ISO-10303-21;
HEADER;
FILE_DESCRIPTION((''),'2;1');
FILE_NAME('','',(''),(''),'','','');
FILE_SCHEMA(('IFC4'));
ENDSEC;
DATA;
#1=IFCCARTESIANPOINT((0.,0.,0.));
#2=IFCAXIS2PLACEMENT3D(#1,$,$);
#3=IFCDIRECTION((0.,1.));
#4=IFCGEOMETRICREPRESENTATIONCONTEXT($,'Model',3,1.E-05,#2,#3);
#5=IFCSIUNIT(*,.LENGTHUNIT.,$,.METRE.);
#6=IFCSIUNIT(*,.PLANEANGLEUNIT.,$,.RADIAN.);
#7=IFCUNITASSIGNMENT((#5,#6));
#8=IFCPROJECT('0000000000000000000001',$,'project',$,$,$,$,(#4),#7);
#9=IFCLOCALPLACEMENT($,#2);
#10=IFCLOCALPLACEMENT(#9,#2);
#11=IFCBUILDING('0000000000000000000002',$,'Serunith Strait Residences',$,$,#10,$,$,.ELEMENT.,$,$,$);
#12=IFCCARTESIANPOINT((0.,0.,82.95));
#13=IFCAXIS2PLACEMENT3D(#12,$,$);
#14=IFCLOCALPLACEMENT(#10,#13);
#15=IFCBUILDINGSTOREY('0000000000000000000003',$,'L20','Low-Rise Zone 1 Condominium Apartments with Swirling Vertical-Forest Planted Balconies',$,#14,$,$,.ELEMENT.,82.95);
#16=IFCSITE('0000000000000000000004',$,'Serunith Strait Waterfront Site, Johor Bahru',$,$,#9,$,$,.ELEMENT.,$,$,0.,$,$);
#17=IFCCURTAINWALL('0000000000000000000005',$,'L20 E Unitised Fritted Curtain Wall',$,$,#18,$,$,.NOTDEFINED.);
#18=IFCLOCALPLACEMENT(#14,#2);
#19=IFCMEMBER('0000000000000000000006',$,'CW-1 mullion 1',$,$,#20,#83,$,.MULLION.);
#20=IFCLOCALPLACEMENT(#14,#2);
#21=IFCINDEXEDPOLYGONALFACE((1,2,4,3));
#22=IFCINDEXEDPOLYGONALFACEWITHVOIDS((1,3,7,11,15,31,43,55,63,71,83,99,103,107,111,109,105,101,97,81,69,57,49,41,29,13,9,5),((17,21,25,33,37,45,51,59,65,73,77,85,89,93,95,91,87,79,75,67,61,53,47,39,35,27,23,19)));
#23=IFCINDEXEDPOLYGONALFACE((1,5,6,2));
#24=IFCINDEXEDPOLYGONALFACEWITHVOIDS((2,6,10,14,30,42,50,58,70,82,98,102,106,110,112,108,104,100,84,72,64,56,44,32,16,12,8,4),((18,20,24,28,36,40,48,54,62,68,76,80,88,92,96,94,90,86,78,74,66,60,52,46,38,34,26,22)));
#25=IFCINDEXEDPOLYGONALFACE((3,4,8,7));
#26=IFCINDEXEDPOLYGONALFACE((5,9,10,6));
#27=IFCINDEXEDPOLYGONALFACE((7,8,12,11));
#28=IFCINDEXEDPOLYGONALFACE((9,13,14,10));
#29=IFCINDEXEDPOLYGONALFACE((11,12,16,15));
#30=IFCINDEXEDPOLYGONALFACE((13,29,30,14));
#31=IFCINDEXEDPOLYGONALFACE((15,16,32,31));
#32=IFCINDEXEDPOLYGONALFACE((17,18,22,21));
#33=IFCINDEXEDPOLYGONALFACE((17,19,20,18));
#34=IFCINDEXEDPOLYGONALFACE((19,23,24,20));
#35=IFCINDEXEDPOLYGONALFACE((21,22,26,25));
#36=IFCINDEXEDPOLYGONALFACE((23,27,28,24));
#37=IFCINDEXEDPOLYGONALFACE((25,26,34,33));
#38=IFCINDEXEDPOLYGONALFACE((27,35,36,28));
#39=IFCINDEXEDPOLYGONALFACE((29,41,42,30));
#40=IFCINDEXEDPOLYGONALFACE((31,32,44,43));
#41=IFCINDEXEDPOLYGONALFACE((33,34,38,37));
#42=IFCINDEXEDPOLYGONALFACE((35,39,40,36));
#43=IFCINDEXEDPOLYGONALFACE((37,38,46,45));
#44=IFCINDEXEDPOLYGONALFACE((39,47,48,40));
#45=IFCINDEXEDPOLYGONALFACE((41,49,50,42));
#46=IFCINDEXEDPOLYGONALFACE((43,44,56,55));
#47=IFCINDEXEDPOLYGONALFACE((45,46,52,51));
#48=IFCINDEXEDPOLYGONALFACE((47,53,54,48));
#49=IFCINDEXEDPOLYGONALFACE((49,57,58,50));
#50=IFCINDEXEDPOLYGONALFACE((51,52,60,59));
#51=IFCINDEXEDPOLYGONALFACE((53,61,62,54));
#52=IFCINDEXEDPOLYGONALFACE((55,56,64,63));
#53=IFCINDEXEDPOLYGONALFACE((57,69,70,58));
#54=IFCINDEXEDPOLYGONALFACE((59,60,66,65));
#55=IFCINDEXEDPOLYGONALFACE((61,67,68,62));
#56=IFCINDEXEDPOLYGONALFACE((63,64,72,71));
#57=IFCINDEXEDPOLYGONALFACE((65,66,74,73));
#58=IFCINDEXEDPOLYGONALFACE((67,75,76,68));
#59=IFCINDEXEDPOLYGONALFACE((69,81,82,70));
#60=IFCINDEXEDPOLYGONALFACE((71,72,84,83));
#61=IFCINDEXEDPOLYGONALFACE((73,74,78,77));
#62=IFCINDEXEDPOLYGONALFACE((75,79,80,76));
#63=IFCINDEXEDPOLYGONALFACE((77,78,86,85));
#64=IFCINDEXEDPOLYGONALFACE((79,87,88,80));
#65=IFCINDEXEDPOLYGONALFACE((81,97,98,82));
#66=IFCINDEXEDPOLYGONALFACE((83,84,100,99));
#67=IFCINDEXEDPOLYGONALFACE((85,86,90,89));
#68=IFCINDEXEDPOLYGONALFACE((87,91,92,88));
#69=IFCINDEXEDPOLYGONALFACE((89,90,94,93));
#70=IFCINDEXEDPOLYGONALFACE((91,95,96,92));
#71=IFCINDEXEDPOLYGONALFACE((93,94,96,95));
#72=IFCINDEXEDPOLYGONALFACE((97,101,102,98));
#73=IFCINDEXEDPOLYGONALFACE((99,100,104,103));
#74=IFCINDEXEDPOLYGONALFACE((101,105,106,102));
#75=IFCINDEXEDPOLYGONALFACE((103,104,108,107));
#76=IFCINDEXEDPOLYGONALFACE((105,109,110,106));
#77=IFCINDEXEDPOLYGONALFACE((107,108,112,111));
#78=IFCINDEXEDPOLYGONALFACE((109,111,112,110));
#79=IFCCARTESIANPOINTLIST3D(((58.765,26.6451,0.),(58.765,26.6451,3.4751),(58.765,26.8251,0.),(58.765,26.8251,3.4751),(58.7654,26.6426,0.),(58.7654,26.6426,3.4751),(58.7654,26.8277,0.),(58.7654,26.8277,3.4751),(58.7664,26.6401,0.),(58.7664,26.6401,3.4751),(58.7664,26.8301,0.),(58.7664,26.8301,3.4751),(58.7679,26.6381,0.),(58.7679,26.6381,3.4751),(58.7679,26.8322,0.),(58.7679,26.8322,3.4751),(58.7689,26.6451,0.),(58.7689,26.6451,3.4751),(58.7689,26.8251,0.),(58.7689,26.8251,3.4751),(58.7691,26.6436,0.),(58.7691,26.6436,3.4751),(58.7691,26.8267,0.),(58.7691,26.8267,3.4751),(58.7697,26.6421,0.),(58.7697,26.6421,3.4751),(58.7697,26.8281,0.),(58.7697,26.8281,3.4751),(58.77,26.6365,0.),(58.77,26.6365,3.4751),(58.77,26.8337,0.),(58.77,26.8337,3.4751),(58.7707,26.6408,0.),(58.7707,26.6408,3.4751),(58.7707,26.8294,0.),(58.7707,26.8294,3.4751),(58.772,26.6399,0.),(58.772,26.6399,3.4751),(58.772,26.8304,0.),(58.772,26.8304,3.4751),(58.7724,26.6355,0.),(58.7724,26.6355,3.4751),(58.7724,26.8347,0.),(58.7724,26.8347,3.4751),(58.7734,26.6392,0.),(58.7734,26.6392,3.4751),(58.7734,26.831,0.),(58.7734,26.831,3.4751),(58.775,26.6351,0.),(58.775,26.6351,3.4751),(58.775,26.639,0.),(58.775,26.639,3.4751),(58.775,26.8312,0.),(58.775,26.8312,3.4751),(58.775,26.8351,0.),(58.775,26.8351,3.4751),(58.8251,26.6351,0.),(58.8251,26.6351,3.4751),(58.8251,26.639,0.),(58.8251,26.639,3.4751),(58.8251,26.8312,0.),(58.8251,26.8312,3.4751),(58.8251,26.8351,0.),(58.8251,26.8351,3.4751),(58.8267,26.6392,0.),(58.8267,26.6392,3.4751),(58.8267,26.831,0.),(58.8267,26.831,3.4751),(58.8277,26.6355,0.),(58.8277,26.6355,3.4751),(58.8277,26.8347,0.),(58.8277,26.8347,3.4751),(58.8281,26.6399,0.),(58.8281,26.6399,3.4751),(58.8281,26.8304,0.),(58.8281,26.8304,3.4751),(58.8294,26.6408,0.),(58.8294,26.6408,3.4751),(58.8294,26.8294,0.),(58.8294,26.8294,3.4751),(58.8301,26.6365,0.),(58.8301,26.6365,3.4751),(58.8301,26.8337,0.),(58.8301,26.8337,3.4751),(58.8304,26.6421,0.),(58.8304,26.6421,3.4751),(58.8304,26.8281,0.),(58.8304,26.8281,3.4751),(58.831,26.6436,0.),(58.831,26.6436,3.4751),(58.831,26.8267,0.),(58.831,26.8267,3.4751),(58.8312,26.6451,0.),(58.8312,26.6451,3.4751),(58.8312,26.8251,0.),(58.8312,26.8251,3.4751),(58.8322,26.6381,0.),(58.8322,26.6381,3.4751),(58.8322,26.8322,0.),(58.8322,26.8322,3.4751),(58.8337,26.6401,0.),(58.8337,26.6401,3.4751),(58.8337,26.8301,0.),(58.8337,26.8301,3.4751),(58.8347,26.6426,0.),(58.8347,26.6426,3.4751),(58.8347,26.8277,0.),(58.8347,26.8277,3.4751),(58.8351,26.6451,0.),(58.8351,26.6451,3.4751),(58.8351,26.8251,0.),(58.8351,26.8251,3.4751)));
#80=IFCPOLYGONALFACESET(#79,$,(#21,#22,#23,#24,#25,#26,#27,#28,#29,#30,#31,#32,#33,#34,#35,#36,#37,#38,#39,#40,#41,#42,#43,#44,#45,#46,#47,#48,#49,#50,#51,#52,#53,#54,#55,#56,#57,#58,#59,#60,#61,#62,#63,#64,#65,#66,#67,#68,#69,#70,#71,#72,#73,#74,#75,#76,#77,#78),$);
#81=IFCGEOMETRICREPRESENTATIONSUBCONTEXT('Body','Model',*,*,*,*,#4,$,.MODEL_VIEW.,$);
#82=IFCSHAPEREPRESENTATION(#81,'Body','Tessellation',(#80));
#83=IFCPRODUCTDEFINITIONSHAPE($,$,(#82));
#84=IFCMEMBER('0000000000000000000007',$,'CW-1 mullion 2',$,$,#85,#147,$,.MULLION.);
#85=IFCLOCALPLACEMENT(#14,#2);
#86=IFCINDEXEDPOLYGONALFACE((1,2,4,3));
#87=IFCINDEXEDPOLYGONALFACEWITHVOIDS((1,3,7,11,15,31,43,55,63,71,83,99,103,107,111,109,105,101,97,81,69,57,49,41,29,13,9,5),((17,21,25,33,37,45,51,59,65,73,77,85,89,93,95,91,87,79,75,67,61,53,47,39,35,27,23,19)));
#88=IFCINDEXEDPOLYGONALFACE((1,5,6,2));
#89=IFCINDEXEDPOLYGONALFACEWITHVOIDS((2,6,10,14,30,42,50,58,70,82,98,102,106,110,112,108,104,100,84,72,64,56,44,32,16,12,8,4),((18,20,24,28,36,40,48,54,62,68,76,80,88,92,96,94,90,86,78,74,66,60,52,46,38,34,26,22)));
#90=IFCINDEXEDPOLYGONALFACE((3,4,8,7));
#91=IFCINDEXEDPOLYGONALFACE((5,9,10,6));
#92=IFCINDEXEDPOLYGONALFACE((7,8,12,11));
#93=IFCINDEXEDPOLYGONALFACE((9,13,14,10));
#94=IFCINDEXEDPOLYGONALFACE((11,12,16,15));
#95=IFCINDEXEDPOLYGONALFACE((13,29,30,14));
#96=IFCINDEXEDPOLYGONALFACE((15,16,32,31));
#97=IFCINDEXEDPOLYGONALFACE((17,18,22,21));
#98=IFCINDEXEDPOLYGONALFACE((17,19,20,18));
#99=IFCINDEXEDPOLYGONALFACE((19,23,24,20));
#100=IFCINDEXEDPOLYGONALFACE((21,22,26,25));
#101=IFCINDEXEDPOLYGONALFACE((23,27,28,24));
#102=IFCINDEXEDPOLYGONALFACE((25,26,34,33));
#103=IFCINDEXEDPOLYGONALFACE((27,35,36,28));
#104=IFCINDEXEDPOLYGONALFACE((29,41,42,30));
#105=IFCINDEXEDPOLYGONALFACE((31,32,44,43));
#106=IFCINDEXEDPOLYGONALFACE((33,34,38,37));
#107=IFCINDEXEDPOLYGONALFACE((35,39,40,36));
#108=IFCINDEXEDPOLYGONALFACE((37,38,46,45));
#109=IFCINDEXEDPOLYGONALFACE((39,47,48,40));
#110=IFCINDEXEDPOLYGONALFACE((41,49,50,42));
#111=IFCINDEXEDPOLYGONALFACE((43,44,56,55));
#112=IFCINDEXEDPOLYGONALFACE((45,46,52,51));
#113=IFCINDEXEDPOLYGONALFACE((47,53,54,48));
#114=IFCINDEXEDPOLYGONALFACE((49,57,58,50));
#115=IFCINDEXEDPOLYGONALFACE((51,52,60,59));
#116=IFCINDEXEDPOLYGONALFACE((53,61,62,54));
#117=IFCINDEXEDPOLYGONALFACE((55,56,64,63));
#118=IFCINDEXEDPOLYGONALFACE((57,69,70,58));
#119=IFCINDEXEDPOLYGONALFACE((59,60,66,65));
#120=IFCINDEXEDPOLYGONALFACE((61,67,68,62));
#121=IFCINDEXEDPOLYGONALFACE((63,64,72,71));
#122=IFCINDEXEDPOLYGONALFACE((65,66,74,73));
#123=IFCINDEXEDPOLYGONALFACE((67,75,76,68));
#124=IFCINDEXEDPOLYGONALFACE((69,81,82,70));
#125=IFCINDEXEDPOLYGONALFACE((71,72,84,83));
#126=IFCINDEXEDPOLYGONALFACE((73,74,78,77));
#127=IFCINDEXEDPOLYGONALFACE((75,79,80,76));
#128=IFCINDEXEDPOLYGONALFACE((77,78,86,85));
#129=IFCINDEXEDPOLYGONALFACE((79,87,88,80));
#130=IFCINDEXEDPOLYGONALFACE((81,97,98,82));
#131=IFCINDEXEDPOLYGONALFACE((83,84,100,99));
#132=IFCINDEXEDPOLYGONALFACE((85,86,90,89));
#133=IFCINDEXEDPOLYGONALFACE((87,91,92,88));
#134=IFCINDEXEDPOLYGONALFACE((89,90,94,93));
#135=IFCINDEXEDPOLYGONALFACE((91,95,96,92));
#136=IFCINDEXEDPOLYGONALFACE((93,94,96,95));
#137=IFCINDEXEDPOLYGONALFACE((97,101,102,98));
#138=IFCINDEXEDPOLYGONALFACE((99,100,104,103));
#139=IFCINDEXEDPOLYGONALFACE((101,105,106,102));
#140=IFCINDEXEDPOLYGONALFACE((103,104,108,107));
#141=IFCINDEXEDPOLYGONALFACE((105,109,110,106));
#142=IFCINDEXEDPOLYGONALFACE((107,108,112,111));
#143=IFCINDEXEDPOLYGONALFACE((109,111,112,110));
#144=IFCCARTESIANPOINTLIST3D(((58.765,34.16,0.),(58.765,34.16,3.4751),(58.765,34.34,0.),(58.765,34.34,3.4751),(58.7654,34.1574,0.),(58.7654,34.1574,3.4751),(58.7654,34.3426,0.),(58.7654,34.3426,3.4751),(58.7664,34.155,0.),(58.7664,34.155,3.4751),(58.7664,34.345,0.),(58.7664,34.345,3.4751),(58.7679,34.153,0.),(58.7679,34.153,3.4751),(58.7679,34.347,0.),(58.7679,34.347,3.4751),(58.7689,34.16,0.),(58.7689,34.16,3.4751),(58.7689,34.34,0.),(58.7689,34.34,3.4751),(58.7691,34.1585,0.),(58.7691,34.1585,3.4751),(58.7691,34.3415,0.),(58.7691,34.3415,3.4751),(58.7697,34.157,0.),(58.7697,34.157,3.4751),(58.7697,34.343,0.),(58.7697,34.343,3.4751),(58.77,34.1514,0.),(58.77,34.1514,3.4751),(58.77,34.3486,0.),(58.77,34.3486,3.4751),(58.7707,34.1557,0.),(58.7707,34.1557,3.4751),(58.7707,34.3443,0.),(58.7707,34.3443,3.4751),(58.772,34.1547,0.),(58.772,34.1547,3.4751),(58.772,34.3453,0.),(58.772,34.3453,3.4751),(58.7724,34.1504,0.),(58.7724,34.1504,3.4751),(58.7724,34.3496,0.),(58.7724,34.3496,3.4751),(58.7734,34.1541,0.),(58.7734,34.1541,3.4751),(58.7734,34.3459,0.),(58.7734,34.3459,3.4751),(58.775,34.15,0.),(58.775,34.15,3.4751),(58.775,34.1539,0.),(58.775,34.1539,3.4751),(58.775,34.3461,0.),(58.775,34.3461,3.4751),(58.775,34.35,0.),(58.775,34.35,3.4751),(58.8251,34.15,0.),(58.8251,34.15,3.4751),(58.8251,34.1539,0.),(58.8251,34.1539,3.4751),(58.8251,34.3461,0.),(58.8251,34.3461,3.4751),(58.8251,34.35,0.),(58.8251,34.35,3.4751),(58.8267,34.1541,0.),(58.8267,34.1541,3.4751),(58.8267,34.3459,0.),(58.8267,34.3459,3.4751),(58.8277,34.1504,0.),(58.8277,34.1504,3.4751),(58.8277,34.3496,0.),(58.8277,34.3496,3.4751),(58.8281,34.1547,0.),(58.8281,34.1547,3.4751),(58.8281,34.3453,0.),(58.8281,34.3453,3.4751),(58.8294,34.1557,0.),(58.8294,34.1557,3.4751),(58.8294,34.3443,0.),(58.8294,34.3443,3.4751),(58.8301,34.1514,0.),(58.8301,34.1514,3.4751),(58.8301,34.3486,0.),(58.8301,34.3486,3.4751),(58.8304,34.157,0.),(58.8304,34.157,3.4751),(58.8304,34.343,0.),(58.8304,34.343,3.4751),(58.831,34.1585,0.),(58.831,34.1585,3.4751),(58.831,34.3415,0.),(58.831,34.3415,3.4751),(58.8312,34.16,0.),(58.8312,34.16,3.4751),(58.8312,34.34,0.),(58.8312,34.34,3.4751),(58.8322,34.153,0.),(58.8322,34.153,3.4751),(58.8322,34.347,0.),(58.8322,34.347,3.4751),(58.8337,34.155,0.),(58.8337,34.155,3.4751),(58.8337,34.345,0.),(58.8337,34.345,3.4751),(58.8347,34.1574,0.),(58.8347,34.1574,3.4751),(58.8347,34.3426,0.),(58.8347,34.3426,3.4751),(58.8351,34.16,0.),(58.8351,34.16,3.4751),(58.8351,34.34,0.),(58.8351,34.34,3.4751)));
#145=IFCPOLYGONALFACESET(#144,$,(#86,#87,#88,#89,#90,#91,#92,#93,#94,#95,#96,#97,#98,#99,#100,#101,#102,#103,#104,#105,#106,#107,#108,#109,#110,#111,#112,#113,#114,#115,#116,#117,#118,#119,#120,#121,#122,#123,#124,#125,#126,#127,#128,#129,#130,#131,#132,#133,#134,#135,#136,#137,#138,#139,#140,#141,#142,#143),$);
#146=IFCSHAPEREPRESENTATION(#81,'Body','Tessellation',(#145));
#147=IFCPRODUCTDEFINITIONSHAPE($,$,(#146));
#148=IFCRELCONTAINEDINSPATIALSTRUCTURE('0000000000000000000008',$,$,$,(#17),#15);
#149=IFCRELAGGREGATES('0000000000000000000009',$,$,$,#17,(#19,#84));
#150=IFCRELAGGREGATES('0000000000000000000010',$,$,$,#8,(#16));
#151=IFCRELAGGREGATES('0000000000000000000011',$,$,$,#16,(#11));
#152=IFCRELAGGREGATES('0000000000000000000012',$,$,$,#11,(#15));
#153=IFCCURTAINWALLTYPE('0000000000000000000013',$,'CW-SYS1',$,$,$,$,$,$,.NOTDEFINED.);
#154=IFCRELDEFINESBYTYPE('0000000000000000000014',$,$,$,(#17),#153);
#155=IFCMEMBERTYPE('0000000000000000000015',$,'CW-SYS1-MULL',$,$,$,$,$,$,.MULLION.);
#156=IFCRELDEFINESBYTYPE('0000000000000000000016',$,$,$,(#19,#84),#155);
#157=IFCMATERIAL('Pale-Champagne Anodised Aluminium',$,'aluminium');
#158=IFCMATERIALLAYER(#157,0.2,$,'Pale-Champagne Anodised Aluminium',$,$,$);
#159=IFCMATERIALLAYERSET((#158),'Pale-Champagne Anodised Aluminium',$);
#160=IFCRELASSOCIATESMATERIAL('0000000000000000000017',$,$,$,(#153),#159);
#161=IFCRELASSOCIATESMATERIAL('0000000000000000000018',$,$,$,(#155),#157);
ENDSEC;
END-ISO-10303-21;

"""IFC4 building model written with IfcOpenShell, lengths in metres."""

from ifc_helpers import new_model, si_unit, direction, frame, origin, origin_2d, place, context, subcontext, project, spatial, hollow_rectangle, extrude, source, transform, mapped, material, layer, layer_set, material_profile, profile_set, type_object, element, aggregate, save


model = new_model("IFC4")

# Units and contexts
model_context = context("Model", 3, precision=1e-05, world=origin(), true_north=direction((0.0, 1.0)))
body_context = subcontext(model_context, "Body", "Model", "MODEL_VIEW")
ifc_project = project(units=[si_unit("LENGTHUNIT", "METRE"), si_unit("PLANEANGLEUNIT", "RADIAN")], contexts=[model_context])

# Site, building, storey
site_placement = place(None, origin())
site = spatial("IfcSite", under=ifc_project, at=site_placement, Name="Serunith Strait Waterfront Site, Johor Bahru", CompositionType="ELEMENT", RefElevation=0.0)
building_placement = place(site_placement, origin())
building = spatial("IfcBuilding", under=site, at=building_placement, Name="Serunith Strait Residences", CompositionType="ELEMENT")
storey_placement = place(building_placement, frame((0.0, 0.0, 82.95)))
storey = spatial("IfcBuildingStorey", under=building, at=storey_placement, Name="L20", Description="Low-Rise Zone 1 Condominium Apartments with Swirling Vertical-Forest Planted Balconies", CompositionType="ELEMENT", Elevation=82.95)

# Curtain wall, members
ifc_material_1 = material(Name="Pale-Champagne Anodised Aluminium", Category="aluminium")
ifc_layer_1 = layer(ifc_material_1, 0.2, Name="Pale-Champagne Anodised Aluminium")
ifc_layer_set_1 = layer_set([ifc_layer_1], Name="Pale-Champagne Anodised Aluminium")
curtain_wall_type = type_object("IfcCurtainWallType", Name="CW-SYS1", PredefinedType="NOTDEFINED", material=ifc_layer_set_1)
curtain_wall_placement = place(storey_placement, origin())
curtain_wall = element("IfcCurtainWall", 1, at=curtain_wall_placement, inside=storey, type_object=curtain_wall_type, Name="L20 E Unitised Fritted Curtain Wall", PredefinedType="NOTDEFINED")
ifc_material_profile_1 = material_profile(ifc_material_1, hollow_rectangle(XDim=0.0701, YDim=0.2, WallThickness=0.0039, InnerFilletRadius=0.0061, OuterFilletRadius=0.01, at=origin_2d()), Name="ALU 200x70x4")
ifc_profile_set_1 = profile_set([ifc_material_profile_1], Name="Pale-Champagne Anodised Aluminium")
member_type_1 = type_object("IfcMemberType", Name="CW-SYS1-MULL", PredefinedType="MULLION", material=ifc_profile_set_1)
shared_shape_1 = source(origin(), body_context, "Body", "SweptSolid", [
    extrude(hollow_rectangle(XDim=0.0701, YDim=0.2, WallThickness=0.0039, InnerFilletRadius=0.0061, OuterFilletRadius=0.01, at=origin_2d()), origin(), (0.0, 0.0, 1.0), 3.4751),
])
member_1_placement = place(storey_placement, frame((58.8, 26.7351, 0.0), z_axis=(0.0, 0.0, 1.0), x_axis=(-1.0, 0.0, 0.0)))
member_1 = element("IfcMember", 2, at=member_1_placement, type_object=member_type_1, Name="CW-1 mullion 1", PredefinedType="MULLION", context=body_context, shape_type="MappedRepresentation", body=[
    mapped(shared_shape_1, transform((0.0, 0.0, 0.0), scale=1.0)),
])
member_2_placement = place(storey_placement, frame((58.8, 34.25, 0.0), z_axis=(0.0, 0.0, 1.0), x_axis=(-1.0, 0.0, 0.0)))
member_2 = element("IfcMember", 3, at=member_2_placement, type_object=member_type_1, Name="CW-1 mullion 2", PredefinedType="MULLION", context=body_context, shape_type="MappedRepresentation", body=[
    mapped(shared_shape_1, transform((0.0, 0.0, 0.0), scale=1.0)),
])
aggregate(curtain_wall, [member_1, member_2])

save(model, "model.ifc")
